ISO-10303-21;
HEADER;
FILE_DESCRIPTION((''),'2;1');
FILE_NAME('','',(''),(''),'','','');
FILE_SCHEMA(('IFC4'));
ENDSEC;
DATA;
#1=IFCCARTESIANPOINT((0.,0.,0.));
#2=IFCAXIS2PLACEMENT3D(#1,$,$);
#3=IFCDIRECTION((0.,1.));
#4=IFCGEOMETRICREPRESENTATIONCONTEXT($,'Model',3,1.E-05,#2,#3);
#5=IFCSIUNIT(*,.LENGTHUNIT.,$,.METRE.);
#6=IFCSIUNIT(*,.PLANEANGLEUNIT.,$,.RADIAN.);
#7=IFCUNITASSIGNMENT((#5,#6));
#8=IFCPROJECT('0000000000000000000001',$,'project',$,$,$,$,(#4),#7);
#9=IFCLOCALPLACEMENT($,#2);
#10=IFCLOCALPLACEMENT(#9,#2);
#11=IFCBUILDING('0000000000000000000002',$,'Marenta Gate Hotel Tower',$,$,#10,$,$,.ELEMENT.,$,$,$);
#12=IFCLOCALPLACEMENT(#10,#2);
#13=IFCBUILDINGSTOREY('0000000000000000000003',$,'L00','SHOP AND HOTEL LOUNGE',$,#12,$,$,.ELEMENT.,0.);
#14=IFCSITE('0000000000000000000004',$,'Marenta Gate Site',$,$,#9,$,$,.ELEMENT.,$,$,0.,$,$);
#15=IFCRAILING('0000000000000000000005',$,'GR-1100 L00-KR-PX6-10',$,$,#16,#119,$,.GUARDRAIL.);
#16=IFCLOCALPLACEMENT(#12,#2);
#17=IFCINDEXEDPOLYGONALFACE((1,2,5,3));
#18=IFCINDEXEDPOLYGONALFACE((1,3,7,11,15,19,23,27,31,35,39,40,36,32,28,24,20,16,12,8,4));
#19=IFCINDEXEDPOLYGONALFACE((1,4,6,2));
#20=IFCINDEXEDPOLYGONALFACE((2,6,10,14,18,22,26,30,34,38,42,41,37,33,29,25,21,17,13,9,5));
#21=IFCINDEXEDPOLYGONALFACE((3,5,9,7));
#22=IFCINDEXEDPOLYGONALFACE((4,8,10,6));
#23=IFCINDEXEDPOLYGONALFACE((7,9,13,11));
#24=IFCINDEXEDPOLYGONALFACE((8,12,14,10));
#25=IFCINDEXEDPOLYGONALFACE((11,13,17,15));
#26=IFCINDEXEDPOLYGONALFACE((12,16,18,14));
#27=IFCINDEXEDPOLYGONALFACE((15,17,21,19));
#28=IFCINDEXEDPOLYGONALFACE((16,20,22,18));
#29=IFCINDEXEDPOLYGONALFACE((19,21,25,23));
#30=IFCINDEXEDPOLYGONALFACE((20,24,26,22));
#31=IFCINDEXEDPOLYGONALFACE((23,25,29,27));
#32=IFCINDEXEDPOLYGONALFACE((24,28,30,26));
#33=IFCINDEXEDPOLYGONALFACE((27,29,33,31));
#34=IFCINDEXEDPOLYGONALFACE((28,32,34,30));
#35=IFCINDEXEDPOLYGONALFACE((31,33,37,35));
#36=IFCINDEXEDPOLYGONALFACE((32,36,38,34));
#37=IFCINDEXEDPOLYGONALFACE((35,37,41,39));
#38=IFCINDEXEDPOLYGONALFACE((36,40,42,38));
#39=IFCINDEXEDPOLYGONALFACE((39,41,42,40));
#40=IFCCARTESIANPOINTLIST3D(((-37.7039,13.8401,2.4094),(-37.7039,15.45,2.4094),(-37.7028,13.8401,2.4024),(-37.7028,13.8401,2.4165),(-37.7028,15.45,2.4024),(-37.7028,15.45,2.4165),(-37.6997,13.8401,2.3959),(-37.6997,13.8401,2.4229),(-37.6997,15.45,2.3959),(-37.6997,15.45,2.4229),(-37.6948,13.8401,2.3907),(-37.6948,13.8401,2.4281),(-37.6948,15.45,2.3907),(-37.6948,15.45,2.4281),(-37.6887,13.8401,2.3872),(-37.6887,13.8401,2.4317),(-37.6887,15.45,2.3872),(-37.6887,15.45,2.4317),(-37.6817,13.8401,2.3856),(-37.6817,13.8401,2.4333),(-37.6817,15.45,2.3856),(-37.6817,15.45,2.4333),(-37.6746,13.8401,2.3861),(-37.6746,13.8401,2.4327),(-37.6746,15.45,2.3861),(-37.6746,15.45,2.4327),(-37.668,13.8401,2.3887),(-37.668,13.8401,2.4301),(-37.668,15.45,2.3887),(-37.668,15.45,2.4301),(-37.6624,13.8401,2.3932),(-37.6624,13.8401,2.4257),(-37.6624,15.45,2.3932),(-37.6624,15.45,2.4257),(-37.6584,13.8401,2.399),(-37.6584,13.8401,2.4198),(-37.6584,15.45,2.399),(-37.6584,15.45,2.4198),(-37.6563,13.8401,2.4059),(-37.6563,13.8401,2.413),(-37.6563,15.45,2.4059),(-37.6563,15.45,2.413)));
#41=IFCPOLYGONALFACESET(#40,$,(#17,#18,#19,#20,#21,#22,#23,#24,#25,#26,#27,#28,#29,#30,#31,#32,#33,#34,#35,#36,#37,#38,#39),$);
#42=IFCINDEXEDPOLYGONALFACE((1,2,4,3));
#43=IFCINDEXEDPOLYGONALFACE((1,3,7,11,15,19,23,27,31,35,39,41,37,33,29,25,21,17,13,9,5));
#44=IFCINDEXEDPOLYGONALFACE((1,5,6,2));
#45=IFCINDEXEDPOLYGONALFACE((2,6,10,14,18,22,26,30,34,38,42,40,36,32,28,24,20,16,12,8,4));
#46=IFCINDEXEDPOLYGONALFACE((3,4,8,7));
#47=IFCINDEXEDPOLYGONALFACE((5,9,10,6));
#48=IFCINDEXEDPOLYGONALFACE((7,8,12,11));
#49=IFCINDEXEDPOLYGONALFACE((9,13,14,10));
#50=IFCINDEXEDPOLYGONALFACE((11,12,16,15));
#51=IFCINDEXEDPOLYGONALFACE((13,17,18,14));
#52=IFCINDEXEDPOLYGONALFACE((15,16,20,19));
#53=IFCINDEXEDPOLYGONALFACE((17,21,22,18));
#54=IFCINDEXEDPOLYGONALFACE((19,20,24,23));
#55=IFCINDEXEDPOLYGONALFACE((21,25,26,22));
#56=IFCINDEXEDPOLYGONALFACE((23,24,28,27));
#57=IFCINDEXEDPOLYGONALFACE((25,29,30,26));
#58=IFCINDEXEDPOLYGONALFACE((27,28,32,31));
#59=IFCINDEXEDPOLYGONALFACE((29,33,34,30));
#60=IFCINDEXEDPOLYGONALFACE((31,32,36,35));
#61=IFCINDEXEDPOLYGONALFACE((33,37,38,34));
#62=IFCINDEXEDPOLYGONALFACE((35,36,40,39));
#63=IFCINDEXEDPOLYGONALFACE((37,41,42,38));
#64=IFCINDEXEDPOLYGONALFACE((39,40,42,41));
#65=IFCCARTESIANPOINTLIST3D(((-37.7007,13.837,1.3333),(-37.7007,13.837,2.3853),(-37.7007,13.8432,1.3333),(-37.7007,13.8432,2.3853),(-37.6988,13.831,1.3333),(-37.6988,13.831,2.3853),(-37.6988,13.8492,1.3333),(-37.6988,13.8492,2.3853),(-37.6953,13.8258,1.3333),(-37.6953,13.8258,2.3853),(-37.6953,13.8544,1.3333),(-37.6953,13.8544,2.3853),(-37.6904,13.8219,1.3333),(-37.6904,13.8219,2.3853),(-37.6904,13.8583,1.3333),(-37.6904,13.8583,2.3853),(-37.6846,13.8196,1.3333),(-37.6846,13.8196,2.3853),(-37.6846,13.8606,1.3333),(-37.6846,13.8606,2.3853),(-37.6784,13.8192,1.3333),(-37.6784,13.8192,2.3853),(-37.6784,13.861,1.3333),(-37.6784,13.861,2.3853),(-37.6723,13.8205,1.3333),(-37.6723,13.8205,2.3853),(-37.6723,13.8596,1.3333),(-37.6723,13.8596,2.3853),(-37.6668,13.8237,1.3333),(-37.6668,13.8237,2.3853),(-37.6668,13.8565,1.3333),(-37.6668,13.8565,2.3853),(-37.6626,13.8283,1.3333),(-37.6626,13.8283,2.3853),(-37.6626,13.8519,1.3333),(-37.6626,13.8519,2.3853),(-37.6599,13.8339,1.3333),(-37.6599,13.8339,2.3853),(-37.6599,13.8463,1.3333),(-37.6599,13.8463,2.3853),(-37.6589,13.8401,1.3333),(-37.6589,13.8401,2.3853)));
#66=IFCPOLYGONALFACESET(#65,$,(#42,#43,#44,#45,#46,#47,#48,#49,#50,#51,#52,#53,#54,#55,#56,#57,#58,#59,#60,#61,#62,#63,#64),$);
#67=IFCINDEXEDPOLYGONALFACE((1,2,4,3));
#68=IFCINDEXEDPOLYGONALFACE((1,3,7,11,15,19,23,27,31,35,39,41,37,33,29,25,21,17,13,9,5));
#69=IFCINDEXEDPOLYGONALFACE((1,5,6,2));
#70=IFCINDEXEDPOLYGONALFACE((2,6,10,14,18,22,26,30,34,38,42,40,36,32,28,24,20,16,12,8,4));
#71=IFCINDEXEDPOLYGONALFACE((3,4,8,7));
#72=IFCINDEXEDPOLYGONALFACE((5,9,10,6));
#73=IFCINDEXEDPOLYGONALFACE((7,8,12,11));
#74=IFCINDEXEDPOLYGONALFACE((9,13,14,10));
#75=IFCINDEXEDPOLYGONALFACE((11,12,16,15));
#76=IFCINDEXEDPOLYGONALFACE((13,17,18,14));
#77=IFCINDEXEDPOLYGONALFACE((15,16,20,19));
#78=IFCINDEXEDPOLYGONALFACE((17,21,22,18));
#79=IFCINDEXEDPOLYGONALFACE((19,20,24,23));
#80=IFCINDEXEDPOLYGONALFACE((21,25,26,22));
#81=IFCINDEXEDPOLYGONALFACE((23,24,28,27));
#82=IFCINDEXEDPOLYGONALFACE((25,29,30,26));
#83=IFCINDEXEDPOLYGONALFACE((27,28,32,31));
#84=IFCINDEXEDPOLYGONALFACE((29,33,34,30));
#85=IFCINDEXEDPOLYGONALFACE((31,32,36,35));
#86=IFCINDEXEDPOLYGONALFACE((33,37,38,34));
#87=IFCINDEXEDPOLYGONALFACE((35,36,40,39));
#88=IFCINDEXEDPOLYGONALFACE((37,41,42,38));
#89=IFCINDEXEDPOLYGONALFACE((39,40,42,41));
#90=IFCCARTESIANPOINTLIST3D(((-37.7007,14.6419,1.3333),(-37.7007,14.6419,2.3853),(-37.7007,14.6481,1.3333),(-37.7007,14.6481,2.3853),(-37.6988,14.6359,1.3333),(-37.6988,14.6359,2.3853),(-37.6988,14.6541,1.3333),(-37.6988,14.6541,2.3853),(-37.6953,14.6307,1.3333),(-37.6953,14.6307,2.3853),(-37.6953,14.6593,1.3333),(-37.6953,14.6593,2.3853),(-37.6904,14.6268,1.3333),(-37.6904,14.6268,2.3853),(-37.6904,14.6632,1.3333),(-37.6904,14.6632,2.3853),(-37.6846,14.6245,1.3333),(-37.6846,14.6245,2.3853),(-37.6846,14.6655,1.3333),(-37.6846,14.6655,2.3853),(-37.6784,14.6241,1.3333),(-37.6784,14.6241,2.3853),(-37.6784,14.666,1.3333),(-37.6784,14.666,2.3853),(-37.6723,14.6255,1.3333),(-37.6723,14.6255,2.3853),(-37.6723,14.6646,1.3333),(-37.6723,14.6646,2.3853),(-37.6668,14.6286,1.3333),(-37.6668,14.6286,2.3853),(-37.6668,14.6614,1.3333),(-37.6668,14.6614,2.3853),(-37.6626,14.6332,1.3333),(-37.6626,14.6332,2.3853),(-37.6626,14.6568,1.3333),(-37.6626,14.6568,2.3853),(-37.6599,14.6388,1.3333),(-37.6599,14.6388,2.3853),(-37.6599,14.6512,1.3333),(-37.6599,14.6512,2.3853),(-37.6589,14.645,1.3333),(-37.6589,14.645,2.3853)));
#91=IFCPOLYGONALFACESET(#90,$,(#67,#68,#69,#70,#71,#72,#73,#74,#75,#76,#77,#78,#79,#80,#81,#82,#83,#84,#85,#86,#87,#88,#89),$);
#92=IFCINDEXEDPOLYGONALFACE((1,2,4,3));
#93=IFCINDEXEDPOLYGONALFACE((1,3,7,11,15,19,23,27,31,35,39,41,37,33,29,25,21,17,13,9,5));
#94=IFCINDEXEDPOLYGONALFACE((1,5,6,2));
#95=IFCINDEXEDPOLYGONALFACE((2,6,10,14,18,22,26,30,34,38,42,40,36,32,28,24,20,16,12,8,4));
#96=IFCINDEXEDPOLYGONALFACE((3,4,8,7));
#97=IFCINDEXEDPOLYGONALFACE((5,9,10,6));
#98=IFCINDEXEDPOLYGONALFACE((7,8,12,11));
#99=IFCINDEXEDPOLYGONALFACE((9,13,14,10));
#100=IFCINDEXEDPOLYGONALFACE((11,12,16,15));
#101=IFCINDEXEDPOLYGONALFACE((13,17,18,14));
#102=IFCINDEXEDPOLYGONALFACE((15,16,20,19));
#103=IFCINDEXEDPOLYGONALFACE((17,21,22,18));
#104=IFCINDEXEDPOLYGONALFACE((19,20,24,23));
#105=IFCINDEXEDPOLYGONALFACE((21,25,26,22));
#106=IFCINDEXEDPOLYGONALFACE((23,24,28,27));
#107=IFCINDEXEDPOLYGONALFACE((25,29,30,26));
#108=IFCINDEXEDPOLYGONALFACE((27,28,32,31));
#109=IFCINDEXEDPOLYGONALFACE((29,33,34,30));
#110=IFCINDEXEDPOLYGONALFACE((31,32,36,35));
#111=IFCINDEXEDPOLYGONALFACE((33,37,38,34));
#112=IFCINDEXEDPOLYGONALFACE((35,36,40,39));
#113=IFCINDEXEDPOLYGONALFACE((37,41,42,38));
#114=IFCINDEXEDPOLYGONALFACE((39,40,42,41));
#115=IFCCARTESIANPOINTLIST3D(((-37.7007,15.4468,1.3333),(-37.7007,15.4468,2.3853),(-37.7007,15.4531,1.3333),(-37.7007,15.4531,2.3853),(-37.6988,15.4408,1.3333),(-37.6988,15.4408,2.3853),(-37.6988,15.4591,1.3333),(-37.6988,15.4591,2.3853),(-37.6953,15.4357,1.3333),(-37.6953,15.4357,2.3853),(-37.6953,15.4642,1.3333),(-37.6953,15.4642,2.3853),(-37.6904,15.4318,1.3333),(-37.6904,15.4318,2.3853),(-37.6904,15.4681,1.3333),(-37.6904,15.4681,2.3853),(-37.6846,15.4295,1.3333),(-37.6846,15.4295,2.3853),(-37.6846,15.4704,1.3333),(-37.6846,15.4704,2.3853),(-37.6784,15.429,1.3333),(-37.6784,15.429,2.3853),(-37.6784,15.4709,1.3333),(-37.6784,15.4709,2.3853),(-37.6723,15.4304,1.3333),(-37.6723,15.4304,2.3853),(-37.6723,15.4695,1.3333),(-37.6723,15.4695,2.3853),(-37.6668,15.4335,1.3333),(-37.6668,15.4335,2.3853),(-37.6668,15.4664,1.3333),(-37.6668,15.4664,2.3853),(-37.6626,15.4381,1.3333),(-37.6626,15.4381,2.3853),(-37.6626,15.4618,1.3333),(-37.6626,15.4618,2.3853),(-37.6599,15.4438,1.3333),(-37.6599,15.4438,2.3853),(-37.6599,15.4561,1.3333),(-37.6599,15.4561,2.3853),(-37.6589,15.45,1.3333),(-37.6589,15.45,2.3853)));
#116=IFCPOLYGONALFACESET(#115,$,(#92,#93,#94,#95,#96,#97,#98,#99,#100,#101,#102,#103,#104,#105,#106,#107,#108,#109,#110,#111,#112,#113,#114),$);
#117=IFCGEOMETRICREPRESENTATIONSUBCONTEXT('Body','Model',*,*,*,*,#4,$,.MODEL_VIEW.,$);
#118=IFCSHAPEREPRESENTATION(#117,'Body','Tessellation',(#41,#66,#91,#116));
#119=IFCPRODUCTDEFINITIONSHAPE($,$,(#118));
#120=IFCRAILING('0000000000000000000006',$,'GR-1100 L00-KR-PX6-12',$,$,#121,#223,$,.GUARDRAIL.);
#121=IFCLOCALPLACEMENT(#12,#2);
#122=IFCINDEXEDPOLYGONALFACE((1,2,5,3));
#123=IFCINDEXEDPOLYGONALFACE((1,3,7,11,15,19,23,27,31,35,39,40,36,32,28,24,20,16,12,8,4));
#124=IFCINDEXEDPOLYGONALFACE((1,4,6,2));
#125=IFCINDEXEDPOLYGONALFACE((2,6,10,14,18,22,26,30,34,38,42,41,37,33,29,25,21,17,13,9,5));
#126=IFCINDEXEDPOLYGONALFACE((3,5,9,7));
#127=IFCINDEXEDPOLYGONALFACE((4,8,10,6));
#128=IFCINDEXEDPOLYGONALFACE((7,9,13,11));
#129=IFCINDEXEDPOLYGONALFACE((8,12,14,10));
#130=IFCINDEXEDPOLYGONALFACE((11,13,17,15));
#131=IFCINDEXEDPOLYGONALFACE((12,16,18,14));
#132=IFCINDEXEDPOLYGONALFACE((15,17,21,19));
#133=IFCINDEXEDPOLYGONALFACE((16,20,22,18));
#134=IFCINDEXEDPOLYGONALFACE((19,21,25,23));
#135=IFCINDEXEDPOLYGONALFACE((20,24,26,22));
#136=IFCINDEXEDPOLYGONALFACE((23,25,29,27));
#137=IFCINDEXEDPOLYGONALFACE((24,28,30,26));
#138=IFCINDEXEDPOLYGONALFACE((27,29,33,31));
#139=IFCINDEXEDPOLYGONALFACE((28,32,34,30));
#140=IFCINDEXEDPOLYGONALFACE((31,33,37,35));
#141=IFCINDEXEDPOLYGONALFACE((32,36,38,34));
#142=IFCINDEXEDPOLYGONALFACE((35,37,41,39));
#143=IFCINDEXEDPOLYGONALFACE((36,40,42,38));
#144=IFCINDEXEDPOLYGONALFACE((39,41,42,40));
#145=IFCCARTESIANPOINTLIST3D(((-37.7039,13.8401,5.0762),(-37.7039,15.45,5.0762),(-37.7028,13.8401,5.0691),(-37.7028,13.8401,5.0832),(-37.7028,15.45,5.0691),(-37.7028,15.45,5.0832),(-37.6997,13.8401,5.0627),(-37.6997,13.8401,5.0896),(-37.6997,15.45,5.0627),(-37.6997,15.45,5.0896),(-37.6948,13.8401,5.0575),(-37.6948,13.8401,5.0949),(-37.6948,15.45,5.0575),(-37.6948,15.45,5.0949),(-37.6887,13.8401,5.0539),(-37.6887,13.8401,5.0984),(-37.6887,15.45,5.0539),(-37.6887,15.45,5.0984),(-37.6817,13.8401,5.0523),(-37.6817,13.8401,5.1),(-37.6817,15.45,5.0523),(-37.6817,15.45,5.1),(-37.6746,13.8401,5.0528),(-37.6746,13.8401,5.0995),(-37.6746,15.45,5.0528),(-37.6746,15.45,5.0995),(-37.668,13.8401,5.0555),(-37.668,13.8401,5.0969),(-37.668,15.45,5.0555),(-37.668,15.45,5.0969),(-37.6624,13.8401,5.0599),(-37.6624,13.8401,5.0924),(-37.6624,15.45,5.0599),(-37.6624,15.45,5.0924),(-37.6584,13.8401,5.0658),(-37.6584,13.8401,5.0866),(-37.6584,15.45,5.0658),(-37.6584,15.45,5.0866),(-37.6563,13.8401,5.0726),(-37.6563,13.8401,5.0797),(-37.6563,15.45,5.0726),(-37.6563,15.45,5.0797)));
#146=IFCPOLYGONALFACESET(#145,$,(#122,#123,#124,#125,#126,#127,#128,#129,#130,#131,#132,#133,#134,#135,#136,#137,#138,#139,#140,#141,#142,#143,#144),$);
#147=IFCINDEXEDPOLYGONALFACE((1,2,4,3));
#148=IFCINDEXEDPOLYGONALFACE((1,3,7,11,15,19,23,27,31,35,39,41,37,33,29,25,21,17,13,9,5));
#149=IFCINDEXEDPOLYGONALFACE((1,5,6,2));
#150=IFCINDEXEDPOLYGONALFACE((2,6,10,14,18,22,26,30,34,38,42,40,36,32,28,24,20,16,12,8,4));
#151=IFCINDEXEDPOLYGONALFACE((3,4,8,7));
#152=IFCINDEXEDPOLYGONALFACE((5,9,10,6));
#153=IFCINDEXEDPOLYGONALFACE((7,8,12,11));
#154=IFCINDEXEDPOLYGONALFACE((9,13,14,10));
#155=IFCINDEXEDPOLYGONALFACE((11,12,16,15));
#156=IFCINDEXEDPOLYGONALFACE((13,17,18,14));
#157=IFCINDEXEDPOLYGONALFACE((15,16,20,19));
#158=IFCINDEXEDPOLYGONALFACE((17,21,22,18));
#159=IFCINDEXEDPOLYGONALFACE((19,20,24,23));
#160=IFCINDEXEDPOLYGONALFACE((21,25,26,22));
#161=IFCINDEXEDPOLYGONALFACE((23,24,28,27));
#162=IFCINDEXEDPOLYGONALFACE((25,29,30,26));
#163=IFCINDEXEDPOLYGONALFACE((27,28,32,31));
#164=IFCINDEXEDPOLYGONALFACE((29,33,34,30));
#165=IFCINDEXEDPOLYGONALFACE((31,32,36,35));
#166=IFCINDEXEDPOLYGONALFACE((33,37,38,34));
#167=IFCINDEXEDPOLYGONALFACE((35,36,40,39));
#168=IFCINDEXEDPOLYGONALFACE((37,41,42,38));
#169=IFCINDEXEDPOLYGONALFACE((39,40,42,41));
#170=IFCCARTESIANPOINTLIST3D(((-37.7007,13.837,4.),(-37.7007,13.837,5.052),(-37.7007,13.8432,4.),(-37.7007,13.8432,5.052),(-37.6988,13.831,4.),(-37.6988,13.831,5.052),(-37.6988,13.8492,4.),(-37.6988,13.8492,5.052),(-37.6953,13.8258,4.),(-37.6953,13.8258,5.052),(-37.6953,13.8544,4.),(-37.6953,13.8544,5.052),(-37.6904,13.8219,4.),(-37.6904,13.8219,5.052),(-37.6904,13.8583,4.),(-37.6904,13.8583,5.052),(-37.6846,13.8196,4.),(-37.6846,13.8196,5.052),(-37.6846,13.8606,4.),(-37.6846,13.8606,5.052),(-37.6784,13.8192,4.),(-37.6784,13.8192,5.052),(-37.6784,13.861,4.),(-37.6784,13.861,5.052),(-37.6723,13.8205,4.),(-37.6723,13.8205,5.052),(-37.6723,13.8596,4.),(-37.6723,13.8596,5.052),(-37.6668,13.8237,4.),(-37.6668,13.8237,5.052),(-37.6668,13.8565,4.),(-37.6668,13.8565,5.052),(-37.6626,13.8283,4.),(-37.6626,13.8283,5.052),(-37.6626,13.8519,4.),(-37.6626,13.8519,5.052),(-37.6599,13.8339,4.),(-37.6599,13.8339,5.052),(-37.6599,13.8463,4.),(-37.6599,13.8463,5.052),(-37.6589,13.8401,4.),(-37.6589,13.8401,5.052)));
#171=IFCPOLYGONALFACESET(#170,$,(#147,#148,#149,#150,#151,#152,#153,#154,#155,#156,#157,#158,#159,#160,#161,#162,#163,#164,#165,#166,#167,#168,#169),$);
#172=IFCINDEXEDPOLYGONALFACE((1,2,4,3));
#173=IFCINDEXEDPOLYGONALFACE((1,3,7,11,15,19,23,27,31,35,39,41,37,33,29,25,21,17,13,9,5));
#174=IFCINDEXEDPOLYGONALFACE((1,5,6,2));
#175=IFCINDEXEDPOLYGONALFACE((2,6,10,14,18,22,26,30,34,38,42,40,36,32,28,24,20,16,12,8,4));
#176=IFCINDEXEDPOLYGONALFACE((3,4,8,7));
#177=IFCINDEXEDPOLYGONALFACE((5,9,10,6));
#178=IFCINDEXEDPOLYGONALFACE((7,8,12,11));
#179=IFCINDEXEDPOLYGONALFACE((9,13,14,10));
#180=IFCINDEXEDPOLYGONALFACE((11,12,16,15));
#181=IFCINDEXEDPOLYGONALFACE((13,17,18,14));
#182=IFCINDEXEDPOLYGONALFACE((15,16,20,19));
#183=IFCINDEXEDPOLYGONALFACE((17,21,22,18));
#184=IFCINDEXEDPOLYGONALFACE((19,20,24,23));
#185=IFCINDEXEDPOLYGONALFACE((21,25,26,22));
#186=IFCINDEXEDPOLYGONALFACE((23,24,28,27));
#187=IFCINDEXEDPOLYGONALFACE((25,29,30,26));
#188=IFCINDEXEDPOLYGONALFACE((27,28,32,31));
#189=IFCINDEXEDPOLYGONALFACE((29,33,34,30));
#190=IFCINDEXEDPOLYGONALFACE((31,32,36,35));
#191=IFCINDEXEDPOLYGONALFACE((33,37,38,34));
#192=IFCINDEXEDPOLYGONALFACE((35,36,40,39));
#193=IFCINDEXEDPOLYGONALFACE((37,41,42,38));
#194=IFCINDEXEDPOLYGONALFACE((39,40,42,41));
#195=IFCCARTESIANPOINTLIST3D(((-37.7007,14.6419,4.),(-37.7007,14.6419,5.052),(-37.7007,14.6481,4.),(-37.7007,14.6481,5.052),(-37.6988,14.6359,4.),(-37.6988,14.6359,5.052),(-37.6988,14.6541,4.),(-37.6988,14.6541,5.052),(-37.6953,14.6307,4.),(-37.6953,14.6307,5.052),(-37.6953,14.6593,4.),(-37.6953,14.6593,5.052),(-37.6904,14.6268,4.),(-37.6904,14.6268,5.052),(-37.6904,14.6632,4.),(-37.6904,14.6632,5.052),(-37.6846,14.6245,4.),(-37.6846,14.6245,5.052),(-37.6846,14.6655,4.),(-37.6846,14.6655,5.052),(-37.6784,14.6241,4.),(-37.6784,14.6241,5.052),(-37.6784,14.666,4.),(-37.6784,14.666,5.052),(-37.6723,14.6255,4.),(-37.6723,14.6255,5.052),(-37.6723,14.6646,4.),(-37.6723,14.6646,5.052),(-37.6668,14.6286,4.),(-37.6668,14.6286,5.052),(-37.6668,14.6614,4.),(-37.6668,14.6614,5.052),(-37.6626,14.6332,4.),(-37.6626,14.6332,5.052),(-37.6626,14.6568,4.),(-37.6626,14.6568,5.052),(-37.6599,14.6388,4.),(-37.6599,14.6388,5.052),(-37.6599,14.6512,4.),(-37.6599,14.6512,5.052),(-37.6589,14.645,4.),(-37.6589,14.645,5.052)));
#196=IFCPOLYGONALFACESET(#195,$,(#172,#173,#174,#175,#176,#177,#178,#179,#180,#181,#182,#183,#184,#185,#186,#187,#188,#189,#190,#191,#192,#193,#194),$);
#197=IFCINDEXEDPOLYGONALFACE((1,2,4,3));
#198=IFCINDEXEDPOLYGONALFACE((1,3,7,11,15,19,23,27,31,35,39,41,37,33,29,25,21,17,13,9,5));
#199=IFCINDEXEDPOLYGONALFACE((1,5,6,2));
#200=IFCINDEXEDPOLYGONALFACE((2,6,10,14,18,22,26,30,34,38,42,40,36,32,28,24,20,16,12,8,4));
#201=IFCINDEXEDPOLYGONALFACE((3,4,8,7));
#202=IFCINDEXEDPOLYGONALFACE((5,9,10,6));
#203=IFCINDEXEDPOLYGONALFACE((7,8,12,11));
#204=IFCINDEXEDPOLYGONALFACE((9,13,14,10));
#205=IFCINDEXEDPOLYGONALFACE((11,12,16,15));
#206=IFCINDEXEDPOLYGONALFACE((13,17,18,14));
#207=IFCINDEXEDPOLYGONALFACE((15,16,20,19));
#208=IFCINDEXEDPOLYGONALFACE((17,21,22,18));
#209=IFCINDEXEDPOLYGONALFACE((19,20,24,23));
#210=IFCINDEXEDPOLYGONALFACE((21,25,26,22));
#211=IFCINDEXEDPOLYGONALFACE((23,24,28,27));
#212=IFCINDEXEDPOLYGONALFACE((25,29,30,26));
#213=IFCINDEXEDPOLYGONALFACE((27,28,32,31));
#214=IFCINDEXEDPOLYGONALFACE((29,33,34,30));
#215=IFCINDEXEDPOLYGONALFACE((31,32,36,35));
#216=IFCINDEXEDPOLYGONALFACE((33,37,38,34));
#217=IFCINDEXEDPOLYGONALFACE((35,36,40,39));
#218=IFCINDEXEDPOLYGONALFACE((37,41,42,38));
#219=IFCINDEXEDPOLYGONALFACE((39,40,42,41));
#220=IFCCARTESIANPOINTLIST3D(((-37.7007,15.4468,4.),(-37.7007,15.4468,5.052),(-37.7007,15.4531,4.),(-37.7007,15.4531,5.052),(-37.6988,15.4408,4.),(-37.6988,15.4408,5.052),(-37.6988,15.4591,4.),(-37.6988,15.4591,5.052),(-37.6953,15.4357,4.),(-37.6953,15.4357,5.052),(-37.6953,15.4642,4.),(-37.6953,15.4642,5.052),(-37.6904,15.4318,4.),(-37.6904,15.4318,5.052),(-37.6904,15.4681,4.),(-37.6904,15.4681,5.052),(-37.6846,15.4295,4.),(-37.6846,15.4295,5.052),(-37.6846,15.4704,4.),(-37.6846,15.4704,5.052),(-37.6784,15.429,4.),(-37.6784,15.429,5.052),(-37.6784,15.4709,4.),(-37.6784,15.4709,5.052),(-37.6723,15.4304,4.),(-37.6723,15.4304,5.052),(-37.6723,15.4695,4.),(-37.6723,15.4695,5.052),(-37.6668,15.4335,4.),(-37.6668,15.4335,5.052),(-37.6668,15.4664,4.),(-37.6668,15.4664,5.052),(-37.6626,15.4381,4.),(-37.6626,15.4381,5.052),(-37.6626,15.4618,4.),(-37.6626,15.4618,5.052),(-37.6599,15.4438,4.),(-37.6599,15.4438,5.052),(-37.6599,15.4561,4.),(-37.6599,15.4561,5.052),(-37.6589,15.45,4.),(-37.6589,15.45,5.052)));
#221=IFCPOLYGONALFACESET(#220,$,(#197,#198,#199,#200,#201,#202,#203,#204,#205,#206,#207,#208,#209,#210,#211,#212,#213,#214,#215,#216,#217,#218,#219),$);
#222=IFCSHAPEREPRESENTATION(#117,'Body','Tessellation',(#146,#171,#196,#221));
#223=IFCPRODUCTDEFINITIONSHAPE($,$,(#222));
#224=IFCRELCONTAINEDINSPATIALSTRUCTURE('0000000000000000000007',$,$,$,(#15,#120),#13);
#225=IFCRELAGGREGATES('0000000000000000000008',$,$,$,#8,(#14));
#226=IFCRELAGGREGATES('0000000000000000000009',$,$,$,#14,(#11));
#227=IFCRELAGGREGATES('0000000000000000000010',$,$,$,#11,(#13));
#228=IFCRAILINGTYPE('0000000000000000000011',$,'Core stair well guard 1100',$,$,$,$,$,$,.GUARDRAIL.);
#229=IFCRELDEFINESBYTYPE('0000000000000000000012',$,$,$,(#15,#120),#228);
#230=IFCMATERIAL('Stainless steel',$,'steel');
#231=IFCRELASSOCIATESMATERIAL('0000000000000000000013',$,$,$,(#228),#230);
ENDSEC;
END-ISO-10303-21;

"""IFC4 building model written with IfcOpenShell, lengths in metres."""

from ifc_helpers import new_model, si_unit, direction, frame, origin, origin_2d, place, context, subcontext, project, spatial, circle, extrude, material, type_object, element, save


model = new_model("IFC4")

# Units and contexts
model_context = context("Model", 3, precision=1e-05, world=origin(), true_north=direction((0.0, 1.0)))
body_context = subcontext(model_context, "Body", "Model", "MODEL_VIEW")
ifc_project = project(units=[si_unit("LENGTHUNIT", "METRE"), si_unit("PLANEANGLEUNIT", "RADIAN")], contexts=[model_context])

# Site, building, storey
site_placement = place(None, origin())
site = spatial("IfcSite", under=ifc_project, at=site_placement, Name="Marenta Gate Site", CompositionType="ELEMENT", RefElevation=0.0)
building_placement = place(site_placement, origin())
building = spatial("IfcBuilding", under=site, at=building_placement, Name="Marenta Gate Hotel Tower", CompositionType="ELEMENT")
storey_placement = place(building_placement, origin())
storey = spatial("IfcBuildingStorey", under=building, at=storey_placement, Name="L00", Description="SHOP AND HOTEL LOUNGE", CompositionType="ELEMENT", Elevation=0.0)

# Railings
ifc_material_1 = material(Name="Stainless steel", Category="steel")
railing_type = type_object("IfcRailingType", Name="Core stair well guard 1100", PredefinedType="GUARDRAIL", material=ifc_material_1)
for number, where, name in (
    (1, (-37.6799, 13.8401, 1.3333), "GR-1100 L00-KR-PX6-10"),
    (2, (-37.6799, 13.8401, 4.0), "GR-1100 L00-KR-PX6-12"),
):
    element("IfcRailing", number, at=place(storey_placement, frame(where)), inside=storey, type_object=railing_type, Name=name, PredefinedType="GUARDRAIL", context=body_context, shape_type="SweptSolid", body=[
        extrude(circle(Radius=0.0239, at=origin_2d()), frame((0.0, 0.0, 1.0762), z_axis=(0.0, 1.0, 0.0), x_axis=(-1.0, 0.0, 0.0)), (0.0, 0.0, 1.0), 1.6099),
        extrude(circle(Radius=0.021, at=origin_2d()), origin(), (0.0, 0.0, 1.0), 1.052),
        extrude(circle(Radius=0.021, at=origin_2d()), frame((0.0, 0.8049, 0.0)), (0.0, 0.0, 1.0), 1.052),
        extrude(circle(Radius=0.021, at=origin_2d()), frame((0.0, 1.6099, 0.0)), (0.0, 0.0, 1.0), 1.052),
    ])

save(model, "model.ifc")
